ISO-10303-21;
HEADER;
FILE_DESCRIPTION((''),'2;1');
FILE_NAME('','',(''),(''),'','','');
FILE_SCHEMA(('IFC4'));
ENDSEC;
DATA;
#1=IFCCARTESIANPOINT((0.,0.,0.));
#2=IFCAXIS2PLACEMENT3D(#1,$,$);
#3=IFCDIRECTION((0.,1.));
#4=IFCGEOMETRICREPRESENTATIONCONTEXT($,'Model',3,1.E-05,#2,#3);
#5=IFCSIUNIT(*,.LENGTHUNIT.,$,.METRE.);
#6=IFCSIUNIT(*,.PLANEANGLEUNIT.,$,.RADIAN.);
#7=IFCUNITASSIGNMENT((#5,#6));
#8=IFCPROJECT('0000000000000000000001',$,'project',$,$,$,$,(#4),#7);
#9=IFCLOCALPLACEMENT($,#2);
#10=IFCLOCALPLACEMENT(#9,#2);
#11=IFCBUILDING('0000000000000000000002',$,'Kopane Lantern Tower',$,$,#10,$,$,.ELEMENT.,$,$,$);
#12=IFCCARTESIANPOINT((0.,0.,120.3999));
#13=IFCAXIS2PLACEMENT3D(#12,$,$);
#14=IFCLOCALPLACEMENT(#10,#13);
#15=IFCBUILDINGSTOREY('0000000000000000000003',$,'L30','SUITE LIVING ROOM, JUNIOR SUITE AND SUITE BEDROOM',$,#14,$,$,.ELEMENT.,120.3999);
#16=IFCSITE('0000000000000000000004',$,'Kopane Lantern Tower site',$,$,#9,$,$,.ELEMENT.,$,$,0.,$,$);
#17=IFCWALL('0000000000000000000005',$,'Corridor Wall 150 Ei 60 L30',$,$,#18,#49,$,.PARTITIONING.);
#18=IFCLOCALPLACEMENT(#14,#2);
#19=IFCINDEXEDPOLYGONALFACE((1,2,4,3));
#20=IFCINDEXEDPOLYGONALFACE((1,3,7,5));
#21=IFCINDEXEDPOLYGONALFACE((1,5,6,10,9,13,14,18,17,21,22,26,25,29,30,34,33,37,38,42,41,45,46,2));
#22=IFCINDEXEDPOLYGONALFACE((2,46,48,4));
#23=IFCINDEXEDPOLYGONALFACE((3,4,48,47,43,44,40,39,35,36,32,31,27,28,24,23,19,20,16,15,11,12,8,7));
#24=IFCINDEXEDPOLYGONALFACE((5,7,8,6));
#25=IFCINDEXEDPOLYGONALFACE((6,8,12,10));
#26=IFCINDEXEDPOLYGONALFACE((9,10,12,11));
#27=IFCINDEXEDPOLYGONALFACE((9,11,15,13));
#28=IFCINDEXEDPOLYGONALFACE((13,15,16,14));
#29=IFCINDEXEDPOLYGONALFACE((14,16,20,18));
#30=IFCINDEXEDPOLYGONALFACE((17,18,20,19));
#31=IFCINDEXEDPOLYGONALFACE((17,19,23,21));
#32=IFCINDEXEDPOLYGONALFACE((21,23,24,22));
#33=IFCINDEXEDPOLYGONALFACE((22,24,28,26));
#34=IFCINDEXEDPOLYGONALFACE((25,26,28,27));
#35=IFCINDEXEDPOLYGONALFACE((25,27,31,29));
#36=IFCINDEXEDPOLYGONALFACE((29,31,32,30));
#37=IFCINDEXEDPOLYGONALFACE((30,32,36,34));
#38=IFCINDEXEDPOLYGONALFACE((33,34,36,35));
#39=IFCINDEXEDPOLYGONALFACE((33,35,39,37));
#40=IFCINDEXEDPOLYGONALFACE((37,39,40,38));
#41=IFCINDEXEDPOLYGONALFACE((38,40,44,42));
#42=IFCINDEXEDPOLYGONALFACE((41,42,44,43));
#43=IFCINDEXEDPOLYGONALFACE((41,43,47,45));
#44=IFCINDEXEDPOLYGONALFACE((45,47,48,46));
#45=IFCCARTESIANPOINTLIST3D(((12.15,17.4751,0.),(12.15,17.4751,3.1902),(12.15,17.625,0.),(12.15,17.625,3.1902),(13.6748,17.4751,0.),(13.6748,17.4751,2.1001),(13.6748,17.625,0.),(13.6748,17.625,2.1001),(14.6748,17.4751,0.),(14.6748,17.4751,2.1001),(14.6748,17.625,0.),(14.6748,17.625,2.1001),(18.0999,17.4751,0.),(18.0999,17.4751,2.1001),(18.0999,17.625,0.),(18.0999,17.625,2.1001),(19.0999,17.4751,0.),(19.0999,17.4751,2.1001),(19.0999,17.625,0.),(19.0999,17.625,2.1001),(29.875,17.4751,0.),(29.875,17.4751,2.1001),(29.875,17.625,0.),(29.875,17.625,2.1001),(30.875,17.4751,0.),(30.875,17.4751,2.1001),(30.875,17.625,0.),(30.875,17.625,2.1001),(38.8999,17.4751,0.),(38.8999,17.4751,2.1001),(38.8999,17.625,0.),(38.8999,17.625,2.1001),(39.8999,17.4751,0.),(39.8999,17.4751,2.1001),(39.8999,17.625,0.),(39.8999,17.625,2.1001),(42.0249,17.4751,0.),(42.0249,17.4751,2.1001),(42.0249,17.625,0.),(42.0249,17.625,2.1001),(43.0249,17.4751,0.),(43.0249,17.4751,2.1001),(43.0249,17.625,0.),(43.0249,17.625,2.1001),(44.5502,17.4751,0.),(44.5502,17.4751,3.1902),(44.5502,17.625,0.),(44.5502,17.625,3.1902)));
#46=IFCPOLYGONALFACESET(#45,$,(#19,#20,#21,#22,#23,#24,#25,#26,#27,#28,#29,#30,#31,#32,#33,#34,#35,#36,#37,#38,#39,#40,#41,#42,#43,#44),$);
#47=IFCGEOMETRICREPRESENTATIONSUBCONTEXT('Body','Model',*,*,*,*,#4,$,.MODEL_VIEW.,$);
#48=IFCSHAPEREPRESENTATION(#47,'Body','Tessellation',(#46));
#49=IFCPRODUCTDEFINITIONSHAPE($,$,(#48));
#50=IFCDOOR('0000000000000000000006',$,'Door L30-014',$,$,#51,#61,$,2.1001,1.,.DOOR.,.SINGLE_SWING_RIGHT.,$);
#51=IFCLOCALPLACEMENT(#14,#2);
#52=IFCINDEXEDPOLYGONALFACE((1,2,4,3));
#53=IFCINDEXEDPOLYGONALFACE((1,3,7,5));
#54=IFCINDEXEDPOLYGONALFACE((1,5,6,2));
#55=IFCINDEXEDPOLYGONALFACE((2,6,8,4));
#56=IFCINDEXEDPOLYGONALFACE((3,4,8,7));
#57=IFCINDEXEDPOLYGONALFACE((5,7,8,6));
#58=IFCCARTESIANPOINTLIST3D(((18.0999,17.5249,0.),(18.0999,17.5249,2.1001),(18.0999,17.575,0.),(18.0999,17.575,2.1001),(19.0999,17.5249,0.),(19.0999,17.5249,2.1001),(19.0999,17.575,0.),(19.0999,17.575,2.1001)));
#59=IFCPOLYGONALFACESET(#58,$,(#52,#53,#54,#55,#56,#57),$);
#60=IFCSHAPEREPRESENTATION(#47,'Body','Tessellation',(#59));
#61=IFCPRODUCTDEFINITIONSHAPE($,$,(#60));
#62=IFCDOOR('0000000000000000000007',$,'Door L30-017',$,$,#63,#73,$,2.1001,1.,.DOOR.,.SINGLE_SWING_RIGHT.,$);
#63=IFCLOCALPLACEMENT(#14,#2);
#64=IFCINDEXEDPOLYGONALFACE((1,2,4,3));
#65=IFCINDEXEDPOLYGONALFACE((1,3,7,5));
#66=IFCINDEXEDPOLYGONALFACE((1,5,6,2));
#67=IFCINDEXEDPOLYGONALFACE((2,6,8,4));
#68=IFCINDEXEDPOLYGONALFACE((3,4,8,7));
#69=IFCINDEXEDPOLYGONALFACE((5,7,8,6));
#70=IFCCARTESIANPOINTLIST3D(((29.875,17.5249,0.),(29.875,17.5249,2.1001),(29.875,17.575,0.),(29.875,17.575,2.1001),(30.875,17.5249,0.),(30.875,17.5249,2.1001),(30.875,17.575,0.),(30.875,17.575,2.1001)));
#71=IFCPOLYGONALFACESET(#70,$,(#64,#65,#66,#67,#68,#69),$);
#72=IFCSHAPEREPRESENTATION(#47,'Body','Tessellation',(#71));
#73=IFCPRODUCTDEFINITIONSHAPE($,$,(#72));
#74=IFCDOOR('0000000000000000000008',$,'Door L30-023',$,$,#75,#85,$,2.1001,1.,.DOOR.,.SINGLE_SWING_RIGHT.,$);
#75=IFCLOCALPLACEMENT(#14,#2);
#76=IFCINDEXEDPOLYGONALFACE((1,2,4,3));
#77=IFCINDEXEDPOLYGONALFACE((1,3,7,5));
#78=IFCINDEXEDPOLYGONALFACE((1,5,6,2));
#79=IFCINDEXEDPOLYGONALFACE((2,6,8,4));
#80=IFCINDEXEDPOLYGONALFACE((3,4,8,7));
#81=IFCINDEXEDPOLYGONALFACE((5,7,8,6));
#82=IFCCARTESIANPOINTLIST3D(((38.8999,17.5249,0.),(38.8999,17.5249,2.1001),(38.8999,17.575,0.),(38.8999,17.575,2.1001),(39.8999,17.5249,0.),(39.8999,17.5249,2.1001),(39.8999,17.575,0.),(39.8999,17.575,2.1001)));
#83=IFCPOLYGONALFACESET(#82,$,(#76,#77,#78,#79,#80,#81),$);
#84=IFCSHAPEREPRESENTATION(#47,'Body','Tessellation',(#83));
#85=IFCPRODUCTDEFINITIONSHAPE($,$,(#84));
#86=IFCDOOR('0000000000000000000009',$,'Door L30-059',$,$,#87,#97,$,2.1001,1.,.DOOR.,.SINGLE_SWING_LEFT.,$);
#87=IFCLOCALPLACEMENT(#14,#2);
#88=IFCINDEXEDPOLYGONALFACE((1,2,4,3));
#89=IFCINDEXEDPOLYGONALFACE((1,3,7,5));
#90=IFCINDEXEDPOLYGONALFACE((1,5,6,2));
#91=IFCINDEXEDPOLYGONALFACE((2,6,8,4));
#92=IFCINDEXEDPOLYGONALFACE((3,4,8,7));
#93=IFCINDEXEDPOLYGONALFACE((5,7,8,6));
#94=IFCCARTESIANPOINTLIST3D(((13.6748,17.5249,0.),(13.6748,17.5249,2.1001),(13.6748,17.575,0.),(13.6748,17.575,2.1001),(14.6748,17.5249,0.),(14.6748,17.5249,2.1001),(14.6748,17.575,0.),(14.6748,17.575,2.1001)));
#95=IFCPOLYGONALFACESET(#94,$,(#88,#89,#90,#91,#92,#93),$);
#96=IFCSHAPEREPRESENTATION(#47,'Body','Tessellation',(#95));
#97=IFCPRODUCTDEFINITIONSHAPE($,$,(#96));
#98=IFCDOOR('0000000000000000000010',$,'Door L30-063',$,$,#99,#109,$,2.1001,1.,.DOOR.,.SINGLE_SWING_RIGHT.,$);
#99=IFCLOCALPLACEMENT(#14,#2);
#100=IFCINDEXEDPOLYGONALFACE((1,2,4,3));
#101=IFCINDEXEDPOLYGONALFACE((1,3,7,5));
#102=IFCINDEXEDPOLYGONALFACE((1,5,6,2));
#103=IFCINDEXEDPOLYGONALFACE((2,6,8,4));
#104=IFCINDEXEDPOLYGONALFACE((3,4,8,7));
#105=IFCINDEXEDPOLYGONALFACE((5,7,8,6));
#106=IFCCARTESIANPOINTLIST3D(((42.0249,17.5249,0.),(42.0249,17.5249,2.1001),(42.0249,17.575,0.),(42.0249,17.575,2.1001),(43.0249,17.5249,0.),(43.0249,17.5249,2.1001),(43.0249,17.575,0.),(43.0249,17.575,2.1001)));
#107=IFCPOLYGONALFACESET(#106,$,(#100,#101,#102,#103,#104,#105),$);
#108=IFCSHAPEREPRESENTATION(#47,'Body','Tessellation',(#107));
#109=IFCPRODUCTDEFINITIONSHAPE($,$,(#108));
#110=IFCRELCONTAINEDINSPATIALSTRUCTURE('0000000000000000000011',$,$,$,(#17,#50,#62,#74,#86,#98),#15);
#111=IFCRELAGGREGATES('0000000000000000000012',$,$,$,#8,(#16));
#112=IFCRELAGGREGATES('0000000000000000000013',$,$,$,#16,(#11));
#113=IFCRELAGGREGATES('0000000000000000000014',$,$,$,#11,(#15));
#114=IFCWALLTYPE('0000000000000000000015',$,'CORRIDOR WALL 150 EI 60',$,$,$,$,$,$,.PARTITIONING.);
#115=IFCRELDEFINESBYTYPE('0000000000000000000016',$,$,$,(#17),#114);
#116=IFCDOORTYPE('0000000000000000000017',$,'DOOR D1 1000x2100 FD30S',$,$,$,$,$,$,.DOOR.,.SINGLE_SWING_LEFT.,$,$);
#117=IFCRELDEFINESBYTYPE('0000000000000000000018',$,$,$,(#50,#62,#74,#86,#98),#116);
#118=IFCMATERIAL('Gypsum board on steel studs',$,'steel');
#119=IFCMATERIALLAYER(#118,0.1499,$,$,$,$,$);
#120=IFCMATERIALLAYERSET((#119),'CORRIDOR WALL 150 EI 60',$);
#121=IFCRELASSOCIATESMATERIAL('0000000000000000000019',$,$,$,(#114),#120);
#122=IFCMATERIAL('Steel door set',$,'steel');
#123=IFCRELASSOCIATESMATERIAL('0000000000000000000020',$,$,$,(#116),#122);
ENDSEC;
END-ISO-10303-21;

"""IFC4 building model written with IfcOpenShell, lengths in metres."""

from ifc_helpers import new_model, si_unit, direction, frame, frame_2d, origin, place, context, subcontext, project, spatial, rectangle, extrude, material, layer, layer_set, type_object, element, fill, save


model = new_model("IFC4")

# Units and contexts
model_context = context("Model", 3, precision=1e-05, world=origin(), true_north=direction((0.0, 1.0)))
body_context = subcontext(model_context, "Body", "Model", "MODEL_VIEW")
ifc_project = project(units=[si_unit("LENGTHUNIT", "METRE"), si_unit("PLANEANGLEUNIT", "RADIAN")], contexts=[model_context])

# Site, building, storey
site_placement = place(None, origin())
site = spatial("IfcSite", under=ifc_project, at=site_placement, Name="Kopane Lantern Tower site", CompositionType="ELEMENT", RefElevation=0.0)
building_placement = place(site_placement, origin())
building = spatial("IfcBuilding", under=site, at=building_placement, Name="Kopane Lantern Tower", CompositionType="ELEMENT")
storey_placement = place(building_placement, frame((0.0, 0.0, 120.3999)))
storey = spatial("IfcBuildingStorey", under=building, at=storey_placement, Name="L30", Description="SUITE LIVING ROOM, JUNIOR SUITE AND SUITE BEDROOM", CompositionType="ELEMENT", Elevation=120.3999)

# Wall, openings, doors
ifc_material_1 = material(Name="Gypsum board on steel studs", Category="steel")
ifc_layer_1 = layer(ifc_material_1, 0.1499)
ifc_layer_set_1 = layer_set([ifc_layer_1], Name="CORRIDOR WALL 150 EI 60")
wall_type_1 = type_object("IfcWallType", Name="CORRIDOR WALL 150 EI 60", PredefinedType="PARTITIONING", material=ifc_layer_set_1)
wall_1_placement = place(storey_placement, frame((12.1499, 17.55, 0.0), z_axis=(0.0, 0.0, 1.0), x_axis=(1.0, 0.0, 0.0)))
wall_1 = element("IfcWall", 1, at=wall_1_placement, inside=storey, type_object=wall_type_1, Name="Corridor Wall 150 Ei 60 L30", PredefinedType="PARTITIONING", context=body_context, shape_type="SweptSolid", body=[
    extrude(rectangle(XDim=32.4001, YDim=0.1499, at=frame_2d((16.2002, 0.0))), origin(), (0.0, 0.0, 1.0), 3.1902),
])
opening_1_placement = place(wall_1_placement, frame((5.95, 0.0, 0.0)))
opening_1 = element("IfcOpeningElement", 2, at=opening_1_placement, cuts=wall_1, PredefinedType="OPENING", context=body_context, shape_type="SweptSolid", body=[
    extrude(rectangle(XDim=1.0, YDim=2.1001, at=frame_2d((0.5, 1.05))), frame((0.0, 0.085, 0.0), z_axis=(0.0, -1.0, 0.0), x_axis=(1.0, 0.0, 0.0)), (0.0, 0.0, 1.0), 0.1699),
])
opening_2_placement = place(wall_1_placement, frame((17.7251, 0.0, 0.0)))
opening_2 = element("IfcOpeningElement", 3, at=opening_2_placement, cuts=wall_1, PredefinedType="OPENING", context=body_context, shape_type="SweptSolid", body=[
    extrude(rectangle(XDim=1.0, YDim=2.1001, at=frame_2d((0.5, 1.05))), frame((0.0, 0.085, 0.0), z_axis=(0.0, -1.0, 0.0), x_axis=(1.0, 0.0, 0.0)), (0.0, 0.0, 1.0), 0.1699),
])
opening_3_placement = place(wall_1_placement, frame((26.75, 0.0, 0.0)))
opening_3 = element("IfcOpeningElement", 4, at=opening_3_placement, cuts=wall_1, PredefinedType="OPENING", context=body_context, shape_type="SweptSolid", body=[
    extrude(rectangle(XDim=1.0, YDim=2.1001, at=frame_2d((0.5, 1.05))), frame((0.0, 0.085, 0.0), z_axis=(0.0, -1.0, 0.0), x_axis=(1.0, 0.0, 0.0)), (0.0, 0.0, 1.0), 0.1699),
])
opening_4_placement = place(wall_1_placement, frame((1.5249, 0.0, 0.0)))
opening_4 = element("IfcOpeningElement", 5, at=opening_4_placement, cuts=wall_1, PredefinedType="OPENING", context=body_context, shape_type="SweptSolid", body=[
    extrude(rectangle(XDim=1.0, YDim=2.1001, at=frame_2d((0.5, 1.05))), frame((0.0, 0.085, 0.0), z_axis=(0.0, -1.0, 0.0), x_axis=(1.0, 0.0, 0.0)), (0.0, 0.0, 1.0), 0.1699),
])
opening_5_placement = place(wall_1_placement, frame((29.875, 0.0, 0.0)))
opening_5 = element("IfcOpeningElement", 6, at=opening_5_placement, cuts=wall_1, PredefinedType="OPENING", context=body_context, shape_type="SweptSolid", body=[
    extrude(rectangle(XDim=1.0, YDim=2.1001, at=frame_2d((0.5, 1.05))), frame((0.0, 0.085, 0.0), z_axis=(0.0, -1.0, 0.0), x_axis=(1.0, 0.0, 0.0)), (0.0, 0.0, 1.0), 0.1699),
])
ifc_material_2 = material(Name="Steel door set", Category="steel")
door_type_1 = type_object("IfcDoorType", Name="DOOR D1 1000x2100 FD30S", OperationType="SINGLE_SWING_LEFT", PredefinedType="DOOR", material=ifc_material_2)
door_1_placement = place(opening_1_placement, origin())
door_1 = element("IfcDoor", 7, at=door_1_placement, inside=storey, type_object=door_type_1, Name="Door L30-014", OperationType="SINGLE_SWING_RIGHT", OverallHeight=2.1001, OverallWidth=1.0, PredefinedType="DOOR", context=body_context, shape_type="SweptSolid", body=[
    extrude(rectangle(XDim=1.0, YDim=2.1001, at=frame_2d((0.5, 1.05))), frame((0.0, 0.0249, 0.0), z_axis=(0.0, -1.0, 0.0), x_axis=(1.0, 0.0, 0.0)), (0.0, 0.0, 1.0), 0.05),
])
fill(opening_1, door_1)
door_2_placement = place(opening_2_placement, origin())
door_2 = element("IfcDoor", 8, at=door_2_placement, inside=storey, type_object=door_type_1, Name="Door L30-017", OperationType="SINGLE_SWING_RIGHT", OverallHeight=2.1001, OverallWidth=1.0, PredefinedType="DOOR", context=body_context, shape_type="SweptSolid", body=[
    extrude(rectangle(XDim=1.0, YDim=2.1001, at=frame_2d((0.5, 1.05))), frame((0.0, 0.0249, 0.0), z_axis=(0.0, -1.0, 0.0), x_axis=(1.0, 0.0, 0.0)), (0.0, 0.0, 1.0), 0.05),
])
fill(opening_2, door_2)
door_3_placement = place(opening_3_placement, origin())
door_3 = element("IfcDoor", 9, at=door_3_placement, inside=storey, type_object=door_type_1, Name="Door L30-023", OperationType="SINGLE_SWING_RIGHT", OverallHeight=2.1001, OverallWidth=1.0, PredefinedType="DOOR", context=body_context, shape_type="SweptSolid", body=[
    extrude(rectangle(XDim=1.0, YDim=2.1001, at=frame_2d((0.5, 1.05))), frame((0.0, 0.0249, 0.0), z_axis=(0.0, -1.0, 0.0), x_axis=(1.0, 0.0, 0.0)), (0.0, 0.0, 1.0), 0.05),
])
fill(opening_3, door_3)
door_4_placement = place(opening_4_placement, origin())
door_4 = element("IfcDoor", 10, at=door_4_placement, inside=storey, type_object=door_type_1, Name="Door L30-059", OperationType="SINGLE_SWING_LEFT", OverallHeight=2.1001, OverallWidth=1.0, PredefinedType="DOOR", context=body_context, shape_type="SweptSolid", body=[
    extrude(rectangle(XDim=1.0, YDim=2.1001, at=frame_2d((0.5, 1.05))), frame((0.0, 0.0249, 0.0), z_axis=(0.0, -1.0, 0.0), x_axis=(1.0, 0.0, 0.0)), (0.0, 0.0, 1.0), 0.05),
])
fill(opening_4, door_4)
door_5_placement = place(opening_5_placement, origin())
door_5 = element("IfcDoor", 11, at=door_5_placement, inside=storey, type_object=door_type_1, Name="Door L30-063", OperationType="SINGLE_SWING_RIGHT", OverallHeight=2.1001, OverallWidth=1.0, PredefinedType="DOOR", context=body_context, shape_type="SweptSolid", body=[
    extrude(rectangle(XDim=1.0, YDim=2.1001, at=frame_2d((0.5, 1.05))), frame((0.0, 0.0249, 0.0), z_axis=(0.0, -1.0, 0.0), x_axis=(1.0, 0.0, 0.0)), (0.0, 0.0, 1.0), 0.05),
])
fill(opening_5, door_5)

save(model, "model.ifc")
